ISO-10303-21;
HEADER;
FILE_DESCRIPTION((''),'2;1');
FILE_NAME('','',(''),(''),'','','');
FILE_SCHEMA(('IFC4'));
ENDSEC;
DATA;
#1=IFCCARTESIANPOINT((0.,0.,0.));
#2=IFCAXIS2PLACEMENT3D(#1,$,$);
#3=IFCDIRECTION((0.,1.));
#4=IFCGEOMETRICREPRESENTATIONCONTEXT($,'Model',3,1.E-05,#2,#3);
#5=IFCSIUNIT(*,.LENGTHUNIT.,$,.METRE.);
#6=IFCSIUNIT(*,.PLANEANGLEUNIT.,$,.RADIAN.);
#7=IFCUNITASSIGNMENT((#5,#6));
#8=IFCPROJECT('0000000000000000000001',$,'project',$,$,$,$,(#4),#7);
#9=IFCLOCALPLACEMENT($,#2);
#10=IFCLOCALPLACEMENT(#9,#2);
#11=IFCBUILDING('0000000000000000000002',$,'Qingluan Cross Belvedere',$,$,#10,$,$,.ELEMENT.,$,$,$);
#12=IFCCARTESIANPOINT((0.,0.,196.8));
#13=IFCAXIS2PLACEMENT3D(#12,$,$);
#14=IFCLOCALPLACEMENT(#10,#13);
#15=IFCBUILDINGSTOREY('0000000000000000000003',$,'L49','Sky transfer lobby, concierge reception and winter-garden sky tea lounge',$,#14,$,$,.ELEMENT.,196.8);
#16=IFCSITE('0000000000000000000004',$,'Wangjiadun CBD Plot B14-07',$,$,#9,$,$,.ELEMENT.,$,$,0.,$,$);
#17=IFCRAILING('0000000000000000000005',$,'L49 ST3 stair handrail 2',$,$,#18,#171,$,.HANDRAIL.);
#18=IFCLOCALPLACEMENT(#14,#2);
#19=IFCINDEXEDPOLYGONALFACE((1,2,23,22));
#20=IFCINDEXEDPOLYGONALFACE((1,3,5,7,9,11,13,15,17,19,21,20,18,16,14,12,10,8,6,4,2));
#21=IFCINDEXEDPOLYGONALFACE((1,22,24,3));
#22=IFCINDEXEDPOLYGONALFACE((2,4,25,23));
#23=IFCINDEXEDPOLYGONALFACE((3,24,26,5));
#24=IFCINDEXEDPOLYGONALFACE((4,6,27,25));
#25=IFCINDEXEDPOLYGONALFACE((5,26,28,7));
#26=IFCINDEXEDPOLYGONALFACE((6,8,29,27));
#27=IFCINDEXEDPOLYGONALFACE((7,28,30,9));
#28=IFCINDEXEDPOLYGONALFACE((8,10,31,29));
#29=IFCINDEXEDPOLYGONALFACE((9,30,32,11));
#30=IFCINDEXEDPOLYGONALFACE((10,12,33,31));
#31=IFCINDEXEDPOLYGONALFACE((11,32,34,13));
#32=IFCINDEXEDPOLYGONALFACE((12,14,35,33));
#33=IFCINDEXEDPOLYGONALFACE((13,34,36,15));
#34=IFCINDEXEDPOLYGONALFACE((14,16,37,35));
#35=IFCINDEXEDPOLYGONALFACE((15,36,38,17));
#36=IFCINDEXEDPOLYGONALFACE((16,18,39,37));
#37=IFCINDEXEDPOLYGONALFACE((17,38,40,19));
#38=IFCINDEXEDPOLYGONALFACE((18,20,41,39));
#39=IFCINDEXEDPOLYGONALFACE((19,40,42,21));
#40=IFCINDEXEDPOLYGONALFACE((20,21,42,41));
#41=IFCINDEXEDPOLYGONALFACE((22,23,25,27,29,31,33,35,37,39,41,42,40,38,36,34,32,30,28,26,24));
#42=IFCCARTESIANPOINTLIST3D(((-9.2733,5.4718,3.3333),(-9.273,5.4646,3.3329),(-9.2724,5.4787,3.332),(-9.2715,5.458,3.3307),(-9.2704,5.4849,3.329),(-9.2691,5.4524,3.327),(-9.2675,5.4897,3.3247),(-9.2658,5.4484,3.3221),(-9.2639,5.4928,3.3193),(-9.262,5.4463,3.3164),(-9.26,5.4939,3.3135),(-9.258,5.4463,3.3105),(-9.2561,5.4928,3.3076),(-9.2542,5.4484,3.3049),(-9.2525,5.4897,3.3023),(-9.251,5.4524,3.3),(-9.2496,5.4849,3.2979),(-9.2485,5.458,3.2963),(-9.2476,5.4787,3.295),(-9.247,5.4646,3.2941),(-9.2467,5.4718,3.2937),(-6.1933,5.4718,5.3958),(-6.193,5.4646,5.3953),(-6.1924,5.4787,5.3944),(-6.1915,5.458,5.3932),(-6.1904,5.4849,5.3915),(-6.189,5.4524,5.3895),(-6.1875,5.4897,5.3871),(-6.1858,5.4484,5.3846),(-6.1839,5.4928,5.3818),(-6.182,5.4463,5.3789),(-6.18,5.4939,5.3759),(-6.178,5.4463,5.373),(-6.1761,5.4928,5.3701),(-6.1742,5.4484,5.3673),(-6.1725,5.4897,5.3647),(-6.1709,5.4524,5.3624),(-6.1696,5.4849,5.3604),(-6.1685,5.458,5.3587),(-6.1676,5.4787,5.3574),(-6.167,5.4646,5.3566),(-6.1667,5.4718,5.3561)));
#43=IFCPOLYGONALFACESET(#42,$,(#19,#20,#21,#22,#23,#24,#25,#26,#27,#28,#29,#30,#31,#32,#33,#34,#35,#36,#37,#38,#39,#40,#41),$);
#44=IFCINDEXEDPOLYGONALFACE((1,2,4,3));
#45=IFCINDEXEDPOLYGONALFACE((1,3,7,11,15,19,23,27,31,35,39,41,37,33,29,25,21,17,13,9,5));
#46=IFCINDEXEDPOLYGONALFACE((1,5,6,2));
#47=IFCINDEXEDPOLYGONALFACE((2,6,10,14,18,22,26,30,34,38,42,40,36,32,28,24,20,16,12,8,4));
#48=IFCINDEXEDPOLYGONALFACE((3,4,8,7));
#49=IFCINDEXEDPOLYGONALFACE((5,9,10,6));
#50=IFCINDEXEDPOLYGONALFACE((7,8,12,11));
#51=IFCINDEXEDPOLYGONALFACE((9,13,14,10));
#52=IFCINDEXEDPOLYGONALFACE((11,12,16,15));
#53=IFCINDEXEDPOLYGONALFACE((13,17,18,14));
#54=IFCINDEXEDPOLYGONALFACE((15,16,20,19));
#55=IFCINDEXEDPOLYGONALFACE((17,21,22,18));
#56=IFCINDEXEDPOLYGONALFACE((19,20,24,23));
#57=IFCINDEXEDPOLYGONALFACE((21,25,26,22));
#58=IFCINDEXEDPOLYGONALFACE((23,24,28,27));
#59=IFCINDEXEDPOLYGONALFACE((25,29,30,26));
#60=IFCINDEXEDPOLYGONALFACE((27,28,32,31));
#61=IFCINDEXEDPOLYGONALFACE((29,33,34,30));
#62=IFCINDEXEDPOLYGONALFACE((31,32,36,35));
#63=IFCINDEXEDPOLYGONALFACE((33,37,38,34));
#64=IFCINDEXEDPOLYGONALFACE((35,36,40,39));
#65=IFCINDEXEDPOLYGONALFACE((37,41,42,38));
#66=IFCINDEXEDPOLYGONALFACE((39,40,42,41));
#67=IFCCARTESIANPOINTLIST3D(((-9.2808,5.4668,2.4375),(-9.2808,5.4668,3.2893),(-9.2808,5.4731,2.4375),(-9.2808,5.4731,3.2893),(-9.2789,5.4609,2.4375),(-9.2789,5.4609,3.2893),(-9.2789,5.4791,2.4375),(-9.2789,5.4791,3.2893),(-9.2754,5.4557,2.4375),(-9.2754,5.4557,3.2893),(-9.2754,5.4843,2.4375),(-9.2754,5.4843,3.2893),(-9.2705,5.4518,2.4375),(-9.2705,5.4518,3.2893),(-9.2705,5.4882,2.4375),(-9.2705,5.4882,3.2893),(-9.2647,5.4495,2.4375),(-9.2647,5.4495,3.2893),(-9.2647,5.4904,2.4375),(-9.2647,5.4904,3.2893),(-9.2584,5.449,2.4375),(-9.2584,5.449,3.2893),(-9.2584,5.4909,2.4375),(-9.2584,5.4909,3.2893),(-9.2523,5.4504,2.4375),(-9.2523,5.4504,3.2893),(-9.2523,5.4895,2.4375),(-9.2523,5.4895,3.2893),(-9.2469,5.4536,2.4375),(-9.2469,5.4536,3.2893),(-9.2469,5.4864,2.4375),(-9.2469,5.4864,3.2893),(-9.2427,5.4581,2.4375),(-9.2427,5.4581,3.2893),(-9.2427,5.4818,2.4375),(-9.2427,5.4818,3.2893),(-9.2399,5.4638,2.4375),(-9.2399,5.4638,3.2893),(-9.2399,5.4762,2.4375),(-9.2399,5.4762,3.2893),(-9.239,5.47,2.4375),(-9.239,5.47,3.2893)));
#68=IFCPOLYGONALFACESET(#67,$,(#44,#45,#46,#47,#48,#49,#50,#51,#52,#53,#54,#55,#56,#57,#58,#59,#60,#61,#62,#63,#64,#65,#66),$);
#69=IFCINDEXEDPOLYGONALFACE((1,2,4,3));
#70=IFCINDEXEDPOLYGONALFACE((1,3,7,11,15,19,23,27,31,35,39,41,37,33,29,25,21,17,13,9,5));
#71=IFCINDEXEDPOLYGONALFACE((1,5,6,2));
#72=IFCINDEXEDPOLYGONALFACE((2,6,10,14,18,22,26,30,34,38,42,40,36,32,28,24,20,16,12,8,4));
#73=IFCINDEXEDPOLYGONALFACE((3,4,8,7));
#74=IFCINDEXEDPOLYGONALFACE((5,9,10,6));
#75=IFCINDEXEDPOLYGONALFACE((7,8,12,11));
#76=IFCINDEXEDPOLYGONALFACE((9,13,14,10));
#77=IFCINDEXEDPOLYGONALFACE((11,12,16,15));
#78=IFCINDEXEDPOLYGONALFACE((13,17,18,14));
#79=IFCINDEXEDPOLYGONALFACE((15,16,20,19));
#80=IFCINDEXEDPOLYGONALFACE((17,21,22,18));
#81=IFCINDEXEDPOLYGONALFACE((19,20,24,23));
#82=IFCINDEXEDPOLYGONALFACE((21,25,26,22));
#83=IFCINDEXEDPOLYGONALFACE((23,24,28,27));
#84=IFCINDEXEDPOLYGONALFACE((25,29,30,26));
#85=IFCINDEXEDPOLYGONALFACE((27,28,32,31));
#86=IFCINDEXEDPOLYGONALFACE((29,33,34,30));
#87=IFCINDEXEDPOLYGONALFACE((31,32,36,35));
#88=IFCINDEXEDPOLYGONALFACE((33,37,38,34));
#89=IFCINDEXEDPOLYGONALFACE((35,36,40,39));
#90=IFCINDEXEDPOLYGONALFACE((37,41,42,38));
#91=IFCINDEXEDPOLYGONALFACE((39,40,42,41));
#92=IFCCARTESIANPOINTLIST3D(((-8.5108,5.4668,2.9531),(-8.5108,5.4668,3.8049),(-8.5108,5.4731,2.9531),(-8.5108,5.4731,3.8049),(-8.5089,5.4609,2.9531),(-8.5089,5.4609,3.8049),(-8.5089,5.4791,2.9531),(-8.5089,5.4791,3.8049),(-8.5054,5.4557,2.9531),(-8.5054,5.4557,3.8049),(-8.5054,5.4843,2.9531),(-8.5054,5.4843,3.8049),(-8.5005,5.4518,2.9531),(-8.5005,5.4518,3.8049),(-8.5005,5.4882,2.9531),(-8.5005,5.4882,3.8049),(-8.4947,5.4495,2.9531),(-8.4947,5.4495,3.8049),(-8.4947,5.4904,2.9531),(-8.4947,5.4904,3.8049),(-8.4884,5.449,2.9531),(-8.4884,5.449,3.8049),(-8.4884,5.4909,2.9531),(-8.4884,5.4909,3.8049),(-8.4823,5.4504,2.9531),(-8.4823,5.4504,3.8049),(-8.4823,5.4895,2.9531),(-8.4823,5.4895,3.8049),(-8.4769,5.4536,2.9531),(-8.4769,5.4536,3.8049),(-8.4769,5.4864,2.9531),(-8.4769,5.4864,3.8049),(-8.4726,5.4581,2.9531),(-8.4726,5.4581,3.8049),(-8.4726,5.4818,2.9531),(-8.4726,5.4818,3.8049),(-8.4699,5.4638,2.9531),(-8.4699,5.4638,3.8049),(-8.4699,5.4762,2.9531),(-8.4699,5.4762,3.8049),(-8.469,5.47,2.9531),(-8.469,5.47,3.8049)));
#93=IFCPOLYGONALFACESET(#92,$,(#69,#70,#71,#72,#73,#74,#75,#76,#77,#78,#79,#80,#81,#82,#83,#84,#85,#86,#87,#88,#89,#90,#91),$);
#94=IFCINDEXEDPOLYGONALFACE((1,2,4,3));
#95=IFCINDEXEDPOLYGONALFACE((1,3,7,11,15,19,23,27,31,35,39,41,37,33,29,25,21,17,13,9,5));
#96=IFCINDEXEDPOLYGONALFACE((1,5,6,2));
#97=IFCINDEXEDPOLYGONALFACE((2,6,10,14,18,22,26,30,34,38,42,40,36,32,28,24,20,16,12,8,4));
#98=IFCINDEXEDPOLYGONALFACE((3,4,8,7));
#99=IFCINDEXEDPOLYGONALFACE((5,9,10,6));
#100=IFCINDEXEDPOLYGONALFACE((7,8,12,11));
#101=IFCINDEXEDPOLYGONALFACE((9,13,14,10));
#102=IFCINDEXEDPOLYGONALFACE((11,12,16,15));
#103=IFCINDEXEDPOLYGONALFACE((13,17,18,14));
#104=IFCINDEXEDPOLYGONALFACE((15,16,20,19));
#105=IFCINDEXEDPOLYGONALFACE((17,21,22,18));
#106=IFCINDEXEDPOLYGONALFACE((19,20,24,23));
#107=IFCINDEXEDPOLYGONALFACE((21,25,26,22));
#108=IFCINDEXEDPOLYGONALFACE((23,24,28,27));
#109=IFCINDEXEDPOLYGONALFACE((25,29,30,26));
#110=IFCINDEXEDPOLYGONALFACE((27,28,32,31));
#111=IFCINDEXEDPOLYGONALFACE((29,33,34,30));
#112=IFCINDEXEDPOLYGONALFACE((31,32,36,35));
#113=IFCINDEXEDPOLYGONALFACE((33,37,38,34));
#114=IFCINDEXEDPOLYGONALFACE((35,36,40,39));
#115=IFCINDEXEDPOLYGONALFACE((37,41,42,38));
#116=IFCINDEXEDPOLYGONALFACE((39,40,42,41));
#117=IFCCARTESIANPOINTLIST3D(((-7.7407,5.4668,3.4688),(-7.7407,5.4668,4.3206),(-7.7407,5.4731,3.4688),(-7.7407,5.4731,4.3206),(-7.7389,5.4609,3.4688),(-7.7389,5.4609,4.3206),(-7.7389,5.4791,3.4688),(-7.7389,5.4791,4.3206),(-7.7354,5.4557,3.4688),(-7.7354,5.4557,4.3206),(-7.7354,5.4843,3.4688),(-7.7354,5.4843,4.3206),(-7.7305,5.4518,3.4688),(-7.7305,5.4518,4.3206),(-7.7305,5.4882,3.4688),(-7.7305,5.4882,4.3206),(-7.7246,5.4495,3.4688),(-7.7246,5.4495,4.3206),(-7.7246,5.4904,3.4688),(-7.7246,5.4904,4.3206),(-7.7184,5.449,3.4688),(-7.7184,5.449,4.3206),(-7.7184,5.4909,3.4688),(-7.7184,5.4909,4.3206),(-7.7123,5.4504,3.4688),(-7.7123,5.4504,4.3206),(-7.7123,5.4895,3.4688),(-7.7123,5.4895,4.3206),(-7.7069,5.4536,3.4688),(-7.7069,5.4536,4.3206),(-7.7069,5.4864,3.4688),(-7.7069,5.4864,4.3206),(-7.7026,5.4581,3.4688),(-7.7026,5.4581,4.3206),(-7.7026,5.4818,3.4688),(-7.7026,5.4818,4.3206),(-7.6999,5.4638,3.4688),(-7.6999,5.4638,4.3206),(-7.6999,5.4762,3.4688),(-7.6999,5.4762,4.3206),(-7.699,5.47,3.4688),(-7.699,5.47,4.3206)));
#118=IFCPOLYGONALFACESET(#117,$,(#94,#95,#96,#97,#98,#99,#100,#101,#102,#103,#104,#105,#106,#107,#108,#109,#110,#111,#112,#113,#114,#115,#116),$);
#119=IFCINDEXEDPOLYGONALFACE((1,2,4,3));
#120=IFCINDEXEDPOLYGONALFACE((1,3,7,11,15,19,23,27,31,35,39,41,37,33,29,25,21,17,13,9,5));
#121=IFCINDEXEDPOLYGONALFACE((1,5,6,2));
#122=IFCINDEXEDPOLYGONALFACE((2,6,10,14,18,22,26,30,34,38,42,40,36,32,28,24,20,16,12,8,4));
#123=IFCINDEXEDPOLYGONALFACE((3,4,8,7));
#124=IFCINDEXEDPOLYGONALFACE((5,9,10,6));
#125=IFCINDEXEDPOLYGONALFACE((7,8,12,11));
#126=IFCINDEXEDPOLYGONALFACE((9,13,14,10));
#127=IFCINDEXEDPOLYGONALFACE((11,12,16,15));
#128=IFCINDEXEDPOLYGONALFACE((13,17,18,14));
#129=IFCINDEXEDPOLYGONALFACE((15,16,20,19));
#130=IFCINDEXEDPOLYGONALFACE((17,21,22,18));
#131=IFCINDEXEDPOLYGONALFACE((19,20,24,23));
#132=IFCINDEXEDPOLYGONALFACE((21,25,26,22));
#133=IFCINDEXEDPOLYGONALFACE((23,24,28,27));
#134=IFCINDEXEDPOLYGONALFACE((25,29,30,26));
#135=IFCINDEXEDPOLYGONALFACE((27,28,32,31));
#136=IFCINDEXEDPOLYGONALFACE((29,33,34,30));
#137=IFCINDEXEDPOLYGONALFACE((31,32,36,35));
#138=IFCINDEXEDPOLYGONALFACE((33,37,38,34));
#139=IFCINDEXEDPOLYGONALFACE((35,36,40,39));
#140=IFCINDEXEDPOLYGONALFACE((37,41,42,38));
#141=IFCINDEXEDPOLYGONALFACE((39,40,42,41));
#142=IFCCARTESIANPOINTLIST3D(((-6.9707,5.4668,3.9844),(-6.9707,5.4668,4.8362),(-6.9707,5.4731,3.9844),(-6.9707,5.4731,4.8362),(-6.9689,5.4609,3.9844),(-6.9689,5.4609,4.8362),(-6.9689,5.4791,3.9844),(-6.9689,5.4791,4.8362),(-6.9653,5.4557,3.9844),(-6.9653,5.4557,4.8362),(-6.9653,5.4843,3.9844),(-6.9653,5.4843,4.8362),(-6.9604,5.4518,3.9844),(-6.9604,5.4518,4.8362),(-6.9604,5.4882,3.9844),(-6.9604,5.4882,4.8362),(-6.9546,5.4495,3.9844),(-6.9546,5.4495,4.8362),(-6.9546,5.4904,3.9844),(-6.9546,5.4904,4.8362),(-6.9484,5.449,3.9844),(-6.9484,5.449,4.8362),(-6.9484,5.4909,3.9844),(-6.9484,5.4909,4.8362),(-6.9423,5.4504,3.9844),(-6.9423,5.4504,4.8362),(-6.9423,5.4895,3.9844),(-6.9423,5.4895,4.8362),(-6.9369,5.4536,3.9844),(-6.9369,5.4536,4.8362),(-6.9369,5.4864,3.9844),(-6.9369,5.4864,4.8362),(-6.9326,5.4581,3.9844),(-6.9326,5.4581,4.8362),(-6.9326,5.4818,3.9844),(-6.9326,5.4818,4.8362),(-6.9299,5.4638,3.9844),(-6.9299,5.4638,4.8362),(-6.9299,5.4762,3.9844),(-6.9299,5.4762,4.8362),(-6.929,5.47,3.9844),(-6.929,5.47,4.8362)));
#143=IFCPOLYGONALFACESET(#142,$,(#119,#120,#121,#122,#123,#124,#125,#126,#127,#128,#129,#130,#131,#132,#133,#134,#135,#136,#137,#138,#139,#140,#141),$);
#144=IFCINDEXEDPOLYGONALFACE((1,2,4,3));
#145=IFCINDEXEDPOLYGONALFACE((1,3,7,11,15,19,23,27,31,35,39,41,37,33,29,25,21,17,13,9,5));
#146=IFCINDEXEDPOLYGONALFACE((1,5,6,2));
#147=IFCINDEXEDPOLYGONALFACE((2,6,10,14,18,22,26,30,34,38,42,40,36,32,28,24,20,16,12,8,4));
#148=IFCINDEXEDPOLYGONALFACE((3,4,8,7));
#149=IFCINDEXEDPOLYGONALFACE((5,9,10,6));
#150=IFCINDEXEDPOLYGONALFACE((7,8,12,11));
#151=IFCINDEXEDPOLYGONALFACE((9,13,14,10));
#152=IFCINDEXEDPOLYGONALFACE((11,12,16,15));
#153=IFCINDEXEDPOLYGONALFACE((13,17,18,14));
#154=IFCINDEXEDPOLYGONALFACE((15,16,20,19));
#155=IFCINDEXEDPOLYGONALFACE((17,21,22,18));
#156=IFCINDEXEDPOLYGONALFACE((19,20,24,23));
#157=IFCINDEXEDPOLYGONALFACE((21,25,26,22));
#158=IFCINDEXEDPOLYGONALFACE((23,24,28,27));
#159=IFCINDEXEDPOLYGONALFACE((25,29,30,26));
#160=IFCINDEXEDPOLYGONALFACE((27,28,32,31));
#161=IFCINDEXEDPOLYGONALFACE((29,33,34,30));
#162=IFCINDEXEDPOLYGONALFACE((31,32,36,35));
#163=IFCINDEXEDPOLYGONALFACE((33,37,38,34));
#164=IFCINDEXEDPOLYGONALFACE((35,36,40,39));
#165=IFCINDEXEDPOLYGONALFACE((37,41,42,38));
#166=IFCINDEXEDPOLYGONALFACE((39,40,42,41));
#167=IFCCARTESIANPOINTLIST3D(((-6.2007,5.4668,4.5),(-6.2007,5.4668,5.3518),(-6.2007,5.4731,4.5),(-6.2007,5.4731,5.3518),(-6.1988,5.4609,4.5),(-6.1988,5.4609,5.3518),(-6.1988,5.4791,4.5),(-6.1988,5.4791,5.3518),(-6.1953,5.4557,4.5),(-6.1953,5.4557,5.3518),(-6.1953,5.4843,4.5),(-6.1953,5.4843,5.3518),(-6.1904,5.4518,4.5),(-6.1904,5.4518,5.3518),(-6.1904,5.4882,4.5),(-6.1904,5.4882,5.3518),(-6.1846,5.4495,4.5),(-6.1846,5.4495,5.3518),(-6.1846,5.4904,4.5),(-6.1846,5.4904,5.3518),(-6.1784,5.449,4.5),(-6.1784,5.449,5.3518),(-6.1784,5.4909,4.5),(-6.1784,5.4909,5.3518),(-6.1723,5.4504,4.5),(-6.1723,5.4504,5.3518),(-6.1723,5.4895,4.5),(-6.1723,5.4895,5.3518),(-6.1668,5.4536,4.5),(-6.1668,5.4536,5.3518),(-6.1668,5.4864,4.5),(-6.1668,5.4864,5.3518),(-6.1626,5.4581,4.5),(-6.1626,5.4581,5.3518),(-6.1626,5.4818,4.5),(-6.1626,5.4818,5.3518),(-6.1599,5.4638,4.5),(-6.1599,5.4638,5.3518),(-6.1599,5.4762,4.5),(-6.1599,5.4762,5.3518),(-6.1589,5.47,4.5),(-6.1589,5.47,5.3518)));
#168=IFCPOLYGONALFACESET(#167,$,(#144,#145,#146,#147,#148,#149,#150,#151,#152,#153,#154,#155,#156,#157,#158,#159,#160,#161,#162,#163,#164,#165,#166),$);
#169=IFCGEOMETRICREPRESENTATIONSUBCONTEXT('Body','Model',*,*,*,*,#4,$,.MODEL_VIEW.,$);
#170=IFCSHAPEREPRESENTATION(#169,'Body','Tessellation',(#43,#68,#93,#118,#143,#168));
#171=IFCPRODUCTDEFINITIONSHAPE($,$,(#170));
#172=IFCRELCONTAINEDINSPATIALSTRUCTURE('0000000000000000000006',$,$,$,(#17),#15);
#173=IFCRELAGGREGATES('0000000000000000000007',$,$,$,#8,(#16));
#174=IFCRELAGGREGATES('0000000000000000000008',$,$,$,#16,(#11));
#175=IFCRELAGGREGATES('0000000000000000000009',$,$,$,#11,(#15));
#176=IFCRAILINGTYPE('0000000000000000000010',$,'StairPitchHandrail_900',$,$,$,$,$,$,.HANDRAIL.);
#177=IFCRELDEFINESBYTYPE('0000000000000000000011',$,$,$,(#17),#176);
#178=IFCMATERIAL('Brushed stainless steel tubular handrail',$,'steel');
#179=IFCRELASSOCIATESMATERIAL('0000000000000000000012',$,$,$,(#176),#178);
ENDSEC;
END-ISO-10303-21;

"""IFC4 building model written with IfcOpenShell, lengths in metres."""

from ifc_helpers import new_model, si_unit, direction, frame, origin, origin_2d, place, context, subcontext, project, spatial, circle, extrude, material, type_object, element, save


model = new_model("IFC4")

# Units and contexts
model_context = context("Model", 3, precision=1e-05, world=origin(), true_north=direction((0.0, 1.0)))
body_context = subcontext(model_context, "Body", "Model", "MODEL_VIEW")
ifc_project = project(units=[si_unit("LENGTHUNIT", "METRE"), si_unit("PLANEANGLEUNIT", "RADIAN")], contexts=[model_context])

# Site, building, storey
site_placement = place(None, origin())
site = spatial("IfcSite", under=ifc_project, at=site_placement, Name="Wangjiadun CBD Plot B14-07", CompositionType="ELEMENT", RefElevation=0.0)
building_placement = place(site_placement, origin())
building = spatial("IfcBuilding", under=site, at=building_placement, Name="Qingluan Cross Belvedere", CompositionType="ELEMENT")
storey_placement = place(building_placement, frame((0.0, 0.0, 196.8)))
storey = spatial("IfcBuildingStorey", under=building, at=storey_placement, Name="L49", Description="Sky transfer lobby, concierge reception and winter-garden sky tea lounge", CompositionType="ELEMENT", Elevation=196.8)

# Railing
ifc_material_1 = material(Name="Brushed stainless steel tubular handrail", Category="steel")
railing_type = type_object("IfcRailingType", Name="StairPitchHandrail_900", PredefinedType="HANDRAIL", material=ifc_material_1)
railing_placement = place(storey_placement, frame((-9.26, 5.47, 2.4375)))
element("IfcRailing", 1, at=railing_placement, inside=storey, type_object=railing_type, Name="L49 ST3 stair handrail 2", PredefinedType="HANDRAIL", context=body_context, shape_type="SweptSolid", body=[
    extrude(circle(Radius=0.0239, at=origin_2d()), frame((0.0, 0.0, 0.876), z_axis=(0.830914, 0.0, 0.556401), x_axis=(0.0, 1.0, 0.0)), (0.0, 0.0, 1.0), 3.7068),
    extrude(circle(Radius=0.021, at=origin_2d()), origin(), (0.0, 0.0, 1.0), 0.8518),
    extrude(circle(Radius=0.021, at=origin_2d()), frame((0.77, 0.0, 0.5156)), (0.0, 0.0, 1.0), 0.8518),
    extrude(circle(Radius=0.021, at=origin_2d()), frame((1.54, 0.0, 1.0312)), (0.0, 0.0, 1.0), 0.8518),
    extrude(circle(Radius=0.021, at=origin_2d()), frame((2.3101, 0.0, 1.5469)), (0.0, 0.0, 1.0), 0.8518),
    extrude(circle(Radius=0.021, at=origin_2d()), frame((3.0801, 0.0, 2.0625)), (0.0, 0.0, 1.0), 0.8518),
])

save(model, "model.ifc")
